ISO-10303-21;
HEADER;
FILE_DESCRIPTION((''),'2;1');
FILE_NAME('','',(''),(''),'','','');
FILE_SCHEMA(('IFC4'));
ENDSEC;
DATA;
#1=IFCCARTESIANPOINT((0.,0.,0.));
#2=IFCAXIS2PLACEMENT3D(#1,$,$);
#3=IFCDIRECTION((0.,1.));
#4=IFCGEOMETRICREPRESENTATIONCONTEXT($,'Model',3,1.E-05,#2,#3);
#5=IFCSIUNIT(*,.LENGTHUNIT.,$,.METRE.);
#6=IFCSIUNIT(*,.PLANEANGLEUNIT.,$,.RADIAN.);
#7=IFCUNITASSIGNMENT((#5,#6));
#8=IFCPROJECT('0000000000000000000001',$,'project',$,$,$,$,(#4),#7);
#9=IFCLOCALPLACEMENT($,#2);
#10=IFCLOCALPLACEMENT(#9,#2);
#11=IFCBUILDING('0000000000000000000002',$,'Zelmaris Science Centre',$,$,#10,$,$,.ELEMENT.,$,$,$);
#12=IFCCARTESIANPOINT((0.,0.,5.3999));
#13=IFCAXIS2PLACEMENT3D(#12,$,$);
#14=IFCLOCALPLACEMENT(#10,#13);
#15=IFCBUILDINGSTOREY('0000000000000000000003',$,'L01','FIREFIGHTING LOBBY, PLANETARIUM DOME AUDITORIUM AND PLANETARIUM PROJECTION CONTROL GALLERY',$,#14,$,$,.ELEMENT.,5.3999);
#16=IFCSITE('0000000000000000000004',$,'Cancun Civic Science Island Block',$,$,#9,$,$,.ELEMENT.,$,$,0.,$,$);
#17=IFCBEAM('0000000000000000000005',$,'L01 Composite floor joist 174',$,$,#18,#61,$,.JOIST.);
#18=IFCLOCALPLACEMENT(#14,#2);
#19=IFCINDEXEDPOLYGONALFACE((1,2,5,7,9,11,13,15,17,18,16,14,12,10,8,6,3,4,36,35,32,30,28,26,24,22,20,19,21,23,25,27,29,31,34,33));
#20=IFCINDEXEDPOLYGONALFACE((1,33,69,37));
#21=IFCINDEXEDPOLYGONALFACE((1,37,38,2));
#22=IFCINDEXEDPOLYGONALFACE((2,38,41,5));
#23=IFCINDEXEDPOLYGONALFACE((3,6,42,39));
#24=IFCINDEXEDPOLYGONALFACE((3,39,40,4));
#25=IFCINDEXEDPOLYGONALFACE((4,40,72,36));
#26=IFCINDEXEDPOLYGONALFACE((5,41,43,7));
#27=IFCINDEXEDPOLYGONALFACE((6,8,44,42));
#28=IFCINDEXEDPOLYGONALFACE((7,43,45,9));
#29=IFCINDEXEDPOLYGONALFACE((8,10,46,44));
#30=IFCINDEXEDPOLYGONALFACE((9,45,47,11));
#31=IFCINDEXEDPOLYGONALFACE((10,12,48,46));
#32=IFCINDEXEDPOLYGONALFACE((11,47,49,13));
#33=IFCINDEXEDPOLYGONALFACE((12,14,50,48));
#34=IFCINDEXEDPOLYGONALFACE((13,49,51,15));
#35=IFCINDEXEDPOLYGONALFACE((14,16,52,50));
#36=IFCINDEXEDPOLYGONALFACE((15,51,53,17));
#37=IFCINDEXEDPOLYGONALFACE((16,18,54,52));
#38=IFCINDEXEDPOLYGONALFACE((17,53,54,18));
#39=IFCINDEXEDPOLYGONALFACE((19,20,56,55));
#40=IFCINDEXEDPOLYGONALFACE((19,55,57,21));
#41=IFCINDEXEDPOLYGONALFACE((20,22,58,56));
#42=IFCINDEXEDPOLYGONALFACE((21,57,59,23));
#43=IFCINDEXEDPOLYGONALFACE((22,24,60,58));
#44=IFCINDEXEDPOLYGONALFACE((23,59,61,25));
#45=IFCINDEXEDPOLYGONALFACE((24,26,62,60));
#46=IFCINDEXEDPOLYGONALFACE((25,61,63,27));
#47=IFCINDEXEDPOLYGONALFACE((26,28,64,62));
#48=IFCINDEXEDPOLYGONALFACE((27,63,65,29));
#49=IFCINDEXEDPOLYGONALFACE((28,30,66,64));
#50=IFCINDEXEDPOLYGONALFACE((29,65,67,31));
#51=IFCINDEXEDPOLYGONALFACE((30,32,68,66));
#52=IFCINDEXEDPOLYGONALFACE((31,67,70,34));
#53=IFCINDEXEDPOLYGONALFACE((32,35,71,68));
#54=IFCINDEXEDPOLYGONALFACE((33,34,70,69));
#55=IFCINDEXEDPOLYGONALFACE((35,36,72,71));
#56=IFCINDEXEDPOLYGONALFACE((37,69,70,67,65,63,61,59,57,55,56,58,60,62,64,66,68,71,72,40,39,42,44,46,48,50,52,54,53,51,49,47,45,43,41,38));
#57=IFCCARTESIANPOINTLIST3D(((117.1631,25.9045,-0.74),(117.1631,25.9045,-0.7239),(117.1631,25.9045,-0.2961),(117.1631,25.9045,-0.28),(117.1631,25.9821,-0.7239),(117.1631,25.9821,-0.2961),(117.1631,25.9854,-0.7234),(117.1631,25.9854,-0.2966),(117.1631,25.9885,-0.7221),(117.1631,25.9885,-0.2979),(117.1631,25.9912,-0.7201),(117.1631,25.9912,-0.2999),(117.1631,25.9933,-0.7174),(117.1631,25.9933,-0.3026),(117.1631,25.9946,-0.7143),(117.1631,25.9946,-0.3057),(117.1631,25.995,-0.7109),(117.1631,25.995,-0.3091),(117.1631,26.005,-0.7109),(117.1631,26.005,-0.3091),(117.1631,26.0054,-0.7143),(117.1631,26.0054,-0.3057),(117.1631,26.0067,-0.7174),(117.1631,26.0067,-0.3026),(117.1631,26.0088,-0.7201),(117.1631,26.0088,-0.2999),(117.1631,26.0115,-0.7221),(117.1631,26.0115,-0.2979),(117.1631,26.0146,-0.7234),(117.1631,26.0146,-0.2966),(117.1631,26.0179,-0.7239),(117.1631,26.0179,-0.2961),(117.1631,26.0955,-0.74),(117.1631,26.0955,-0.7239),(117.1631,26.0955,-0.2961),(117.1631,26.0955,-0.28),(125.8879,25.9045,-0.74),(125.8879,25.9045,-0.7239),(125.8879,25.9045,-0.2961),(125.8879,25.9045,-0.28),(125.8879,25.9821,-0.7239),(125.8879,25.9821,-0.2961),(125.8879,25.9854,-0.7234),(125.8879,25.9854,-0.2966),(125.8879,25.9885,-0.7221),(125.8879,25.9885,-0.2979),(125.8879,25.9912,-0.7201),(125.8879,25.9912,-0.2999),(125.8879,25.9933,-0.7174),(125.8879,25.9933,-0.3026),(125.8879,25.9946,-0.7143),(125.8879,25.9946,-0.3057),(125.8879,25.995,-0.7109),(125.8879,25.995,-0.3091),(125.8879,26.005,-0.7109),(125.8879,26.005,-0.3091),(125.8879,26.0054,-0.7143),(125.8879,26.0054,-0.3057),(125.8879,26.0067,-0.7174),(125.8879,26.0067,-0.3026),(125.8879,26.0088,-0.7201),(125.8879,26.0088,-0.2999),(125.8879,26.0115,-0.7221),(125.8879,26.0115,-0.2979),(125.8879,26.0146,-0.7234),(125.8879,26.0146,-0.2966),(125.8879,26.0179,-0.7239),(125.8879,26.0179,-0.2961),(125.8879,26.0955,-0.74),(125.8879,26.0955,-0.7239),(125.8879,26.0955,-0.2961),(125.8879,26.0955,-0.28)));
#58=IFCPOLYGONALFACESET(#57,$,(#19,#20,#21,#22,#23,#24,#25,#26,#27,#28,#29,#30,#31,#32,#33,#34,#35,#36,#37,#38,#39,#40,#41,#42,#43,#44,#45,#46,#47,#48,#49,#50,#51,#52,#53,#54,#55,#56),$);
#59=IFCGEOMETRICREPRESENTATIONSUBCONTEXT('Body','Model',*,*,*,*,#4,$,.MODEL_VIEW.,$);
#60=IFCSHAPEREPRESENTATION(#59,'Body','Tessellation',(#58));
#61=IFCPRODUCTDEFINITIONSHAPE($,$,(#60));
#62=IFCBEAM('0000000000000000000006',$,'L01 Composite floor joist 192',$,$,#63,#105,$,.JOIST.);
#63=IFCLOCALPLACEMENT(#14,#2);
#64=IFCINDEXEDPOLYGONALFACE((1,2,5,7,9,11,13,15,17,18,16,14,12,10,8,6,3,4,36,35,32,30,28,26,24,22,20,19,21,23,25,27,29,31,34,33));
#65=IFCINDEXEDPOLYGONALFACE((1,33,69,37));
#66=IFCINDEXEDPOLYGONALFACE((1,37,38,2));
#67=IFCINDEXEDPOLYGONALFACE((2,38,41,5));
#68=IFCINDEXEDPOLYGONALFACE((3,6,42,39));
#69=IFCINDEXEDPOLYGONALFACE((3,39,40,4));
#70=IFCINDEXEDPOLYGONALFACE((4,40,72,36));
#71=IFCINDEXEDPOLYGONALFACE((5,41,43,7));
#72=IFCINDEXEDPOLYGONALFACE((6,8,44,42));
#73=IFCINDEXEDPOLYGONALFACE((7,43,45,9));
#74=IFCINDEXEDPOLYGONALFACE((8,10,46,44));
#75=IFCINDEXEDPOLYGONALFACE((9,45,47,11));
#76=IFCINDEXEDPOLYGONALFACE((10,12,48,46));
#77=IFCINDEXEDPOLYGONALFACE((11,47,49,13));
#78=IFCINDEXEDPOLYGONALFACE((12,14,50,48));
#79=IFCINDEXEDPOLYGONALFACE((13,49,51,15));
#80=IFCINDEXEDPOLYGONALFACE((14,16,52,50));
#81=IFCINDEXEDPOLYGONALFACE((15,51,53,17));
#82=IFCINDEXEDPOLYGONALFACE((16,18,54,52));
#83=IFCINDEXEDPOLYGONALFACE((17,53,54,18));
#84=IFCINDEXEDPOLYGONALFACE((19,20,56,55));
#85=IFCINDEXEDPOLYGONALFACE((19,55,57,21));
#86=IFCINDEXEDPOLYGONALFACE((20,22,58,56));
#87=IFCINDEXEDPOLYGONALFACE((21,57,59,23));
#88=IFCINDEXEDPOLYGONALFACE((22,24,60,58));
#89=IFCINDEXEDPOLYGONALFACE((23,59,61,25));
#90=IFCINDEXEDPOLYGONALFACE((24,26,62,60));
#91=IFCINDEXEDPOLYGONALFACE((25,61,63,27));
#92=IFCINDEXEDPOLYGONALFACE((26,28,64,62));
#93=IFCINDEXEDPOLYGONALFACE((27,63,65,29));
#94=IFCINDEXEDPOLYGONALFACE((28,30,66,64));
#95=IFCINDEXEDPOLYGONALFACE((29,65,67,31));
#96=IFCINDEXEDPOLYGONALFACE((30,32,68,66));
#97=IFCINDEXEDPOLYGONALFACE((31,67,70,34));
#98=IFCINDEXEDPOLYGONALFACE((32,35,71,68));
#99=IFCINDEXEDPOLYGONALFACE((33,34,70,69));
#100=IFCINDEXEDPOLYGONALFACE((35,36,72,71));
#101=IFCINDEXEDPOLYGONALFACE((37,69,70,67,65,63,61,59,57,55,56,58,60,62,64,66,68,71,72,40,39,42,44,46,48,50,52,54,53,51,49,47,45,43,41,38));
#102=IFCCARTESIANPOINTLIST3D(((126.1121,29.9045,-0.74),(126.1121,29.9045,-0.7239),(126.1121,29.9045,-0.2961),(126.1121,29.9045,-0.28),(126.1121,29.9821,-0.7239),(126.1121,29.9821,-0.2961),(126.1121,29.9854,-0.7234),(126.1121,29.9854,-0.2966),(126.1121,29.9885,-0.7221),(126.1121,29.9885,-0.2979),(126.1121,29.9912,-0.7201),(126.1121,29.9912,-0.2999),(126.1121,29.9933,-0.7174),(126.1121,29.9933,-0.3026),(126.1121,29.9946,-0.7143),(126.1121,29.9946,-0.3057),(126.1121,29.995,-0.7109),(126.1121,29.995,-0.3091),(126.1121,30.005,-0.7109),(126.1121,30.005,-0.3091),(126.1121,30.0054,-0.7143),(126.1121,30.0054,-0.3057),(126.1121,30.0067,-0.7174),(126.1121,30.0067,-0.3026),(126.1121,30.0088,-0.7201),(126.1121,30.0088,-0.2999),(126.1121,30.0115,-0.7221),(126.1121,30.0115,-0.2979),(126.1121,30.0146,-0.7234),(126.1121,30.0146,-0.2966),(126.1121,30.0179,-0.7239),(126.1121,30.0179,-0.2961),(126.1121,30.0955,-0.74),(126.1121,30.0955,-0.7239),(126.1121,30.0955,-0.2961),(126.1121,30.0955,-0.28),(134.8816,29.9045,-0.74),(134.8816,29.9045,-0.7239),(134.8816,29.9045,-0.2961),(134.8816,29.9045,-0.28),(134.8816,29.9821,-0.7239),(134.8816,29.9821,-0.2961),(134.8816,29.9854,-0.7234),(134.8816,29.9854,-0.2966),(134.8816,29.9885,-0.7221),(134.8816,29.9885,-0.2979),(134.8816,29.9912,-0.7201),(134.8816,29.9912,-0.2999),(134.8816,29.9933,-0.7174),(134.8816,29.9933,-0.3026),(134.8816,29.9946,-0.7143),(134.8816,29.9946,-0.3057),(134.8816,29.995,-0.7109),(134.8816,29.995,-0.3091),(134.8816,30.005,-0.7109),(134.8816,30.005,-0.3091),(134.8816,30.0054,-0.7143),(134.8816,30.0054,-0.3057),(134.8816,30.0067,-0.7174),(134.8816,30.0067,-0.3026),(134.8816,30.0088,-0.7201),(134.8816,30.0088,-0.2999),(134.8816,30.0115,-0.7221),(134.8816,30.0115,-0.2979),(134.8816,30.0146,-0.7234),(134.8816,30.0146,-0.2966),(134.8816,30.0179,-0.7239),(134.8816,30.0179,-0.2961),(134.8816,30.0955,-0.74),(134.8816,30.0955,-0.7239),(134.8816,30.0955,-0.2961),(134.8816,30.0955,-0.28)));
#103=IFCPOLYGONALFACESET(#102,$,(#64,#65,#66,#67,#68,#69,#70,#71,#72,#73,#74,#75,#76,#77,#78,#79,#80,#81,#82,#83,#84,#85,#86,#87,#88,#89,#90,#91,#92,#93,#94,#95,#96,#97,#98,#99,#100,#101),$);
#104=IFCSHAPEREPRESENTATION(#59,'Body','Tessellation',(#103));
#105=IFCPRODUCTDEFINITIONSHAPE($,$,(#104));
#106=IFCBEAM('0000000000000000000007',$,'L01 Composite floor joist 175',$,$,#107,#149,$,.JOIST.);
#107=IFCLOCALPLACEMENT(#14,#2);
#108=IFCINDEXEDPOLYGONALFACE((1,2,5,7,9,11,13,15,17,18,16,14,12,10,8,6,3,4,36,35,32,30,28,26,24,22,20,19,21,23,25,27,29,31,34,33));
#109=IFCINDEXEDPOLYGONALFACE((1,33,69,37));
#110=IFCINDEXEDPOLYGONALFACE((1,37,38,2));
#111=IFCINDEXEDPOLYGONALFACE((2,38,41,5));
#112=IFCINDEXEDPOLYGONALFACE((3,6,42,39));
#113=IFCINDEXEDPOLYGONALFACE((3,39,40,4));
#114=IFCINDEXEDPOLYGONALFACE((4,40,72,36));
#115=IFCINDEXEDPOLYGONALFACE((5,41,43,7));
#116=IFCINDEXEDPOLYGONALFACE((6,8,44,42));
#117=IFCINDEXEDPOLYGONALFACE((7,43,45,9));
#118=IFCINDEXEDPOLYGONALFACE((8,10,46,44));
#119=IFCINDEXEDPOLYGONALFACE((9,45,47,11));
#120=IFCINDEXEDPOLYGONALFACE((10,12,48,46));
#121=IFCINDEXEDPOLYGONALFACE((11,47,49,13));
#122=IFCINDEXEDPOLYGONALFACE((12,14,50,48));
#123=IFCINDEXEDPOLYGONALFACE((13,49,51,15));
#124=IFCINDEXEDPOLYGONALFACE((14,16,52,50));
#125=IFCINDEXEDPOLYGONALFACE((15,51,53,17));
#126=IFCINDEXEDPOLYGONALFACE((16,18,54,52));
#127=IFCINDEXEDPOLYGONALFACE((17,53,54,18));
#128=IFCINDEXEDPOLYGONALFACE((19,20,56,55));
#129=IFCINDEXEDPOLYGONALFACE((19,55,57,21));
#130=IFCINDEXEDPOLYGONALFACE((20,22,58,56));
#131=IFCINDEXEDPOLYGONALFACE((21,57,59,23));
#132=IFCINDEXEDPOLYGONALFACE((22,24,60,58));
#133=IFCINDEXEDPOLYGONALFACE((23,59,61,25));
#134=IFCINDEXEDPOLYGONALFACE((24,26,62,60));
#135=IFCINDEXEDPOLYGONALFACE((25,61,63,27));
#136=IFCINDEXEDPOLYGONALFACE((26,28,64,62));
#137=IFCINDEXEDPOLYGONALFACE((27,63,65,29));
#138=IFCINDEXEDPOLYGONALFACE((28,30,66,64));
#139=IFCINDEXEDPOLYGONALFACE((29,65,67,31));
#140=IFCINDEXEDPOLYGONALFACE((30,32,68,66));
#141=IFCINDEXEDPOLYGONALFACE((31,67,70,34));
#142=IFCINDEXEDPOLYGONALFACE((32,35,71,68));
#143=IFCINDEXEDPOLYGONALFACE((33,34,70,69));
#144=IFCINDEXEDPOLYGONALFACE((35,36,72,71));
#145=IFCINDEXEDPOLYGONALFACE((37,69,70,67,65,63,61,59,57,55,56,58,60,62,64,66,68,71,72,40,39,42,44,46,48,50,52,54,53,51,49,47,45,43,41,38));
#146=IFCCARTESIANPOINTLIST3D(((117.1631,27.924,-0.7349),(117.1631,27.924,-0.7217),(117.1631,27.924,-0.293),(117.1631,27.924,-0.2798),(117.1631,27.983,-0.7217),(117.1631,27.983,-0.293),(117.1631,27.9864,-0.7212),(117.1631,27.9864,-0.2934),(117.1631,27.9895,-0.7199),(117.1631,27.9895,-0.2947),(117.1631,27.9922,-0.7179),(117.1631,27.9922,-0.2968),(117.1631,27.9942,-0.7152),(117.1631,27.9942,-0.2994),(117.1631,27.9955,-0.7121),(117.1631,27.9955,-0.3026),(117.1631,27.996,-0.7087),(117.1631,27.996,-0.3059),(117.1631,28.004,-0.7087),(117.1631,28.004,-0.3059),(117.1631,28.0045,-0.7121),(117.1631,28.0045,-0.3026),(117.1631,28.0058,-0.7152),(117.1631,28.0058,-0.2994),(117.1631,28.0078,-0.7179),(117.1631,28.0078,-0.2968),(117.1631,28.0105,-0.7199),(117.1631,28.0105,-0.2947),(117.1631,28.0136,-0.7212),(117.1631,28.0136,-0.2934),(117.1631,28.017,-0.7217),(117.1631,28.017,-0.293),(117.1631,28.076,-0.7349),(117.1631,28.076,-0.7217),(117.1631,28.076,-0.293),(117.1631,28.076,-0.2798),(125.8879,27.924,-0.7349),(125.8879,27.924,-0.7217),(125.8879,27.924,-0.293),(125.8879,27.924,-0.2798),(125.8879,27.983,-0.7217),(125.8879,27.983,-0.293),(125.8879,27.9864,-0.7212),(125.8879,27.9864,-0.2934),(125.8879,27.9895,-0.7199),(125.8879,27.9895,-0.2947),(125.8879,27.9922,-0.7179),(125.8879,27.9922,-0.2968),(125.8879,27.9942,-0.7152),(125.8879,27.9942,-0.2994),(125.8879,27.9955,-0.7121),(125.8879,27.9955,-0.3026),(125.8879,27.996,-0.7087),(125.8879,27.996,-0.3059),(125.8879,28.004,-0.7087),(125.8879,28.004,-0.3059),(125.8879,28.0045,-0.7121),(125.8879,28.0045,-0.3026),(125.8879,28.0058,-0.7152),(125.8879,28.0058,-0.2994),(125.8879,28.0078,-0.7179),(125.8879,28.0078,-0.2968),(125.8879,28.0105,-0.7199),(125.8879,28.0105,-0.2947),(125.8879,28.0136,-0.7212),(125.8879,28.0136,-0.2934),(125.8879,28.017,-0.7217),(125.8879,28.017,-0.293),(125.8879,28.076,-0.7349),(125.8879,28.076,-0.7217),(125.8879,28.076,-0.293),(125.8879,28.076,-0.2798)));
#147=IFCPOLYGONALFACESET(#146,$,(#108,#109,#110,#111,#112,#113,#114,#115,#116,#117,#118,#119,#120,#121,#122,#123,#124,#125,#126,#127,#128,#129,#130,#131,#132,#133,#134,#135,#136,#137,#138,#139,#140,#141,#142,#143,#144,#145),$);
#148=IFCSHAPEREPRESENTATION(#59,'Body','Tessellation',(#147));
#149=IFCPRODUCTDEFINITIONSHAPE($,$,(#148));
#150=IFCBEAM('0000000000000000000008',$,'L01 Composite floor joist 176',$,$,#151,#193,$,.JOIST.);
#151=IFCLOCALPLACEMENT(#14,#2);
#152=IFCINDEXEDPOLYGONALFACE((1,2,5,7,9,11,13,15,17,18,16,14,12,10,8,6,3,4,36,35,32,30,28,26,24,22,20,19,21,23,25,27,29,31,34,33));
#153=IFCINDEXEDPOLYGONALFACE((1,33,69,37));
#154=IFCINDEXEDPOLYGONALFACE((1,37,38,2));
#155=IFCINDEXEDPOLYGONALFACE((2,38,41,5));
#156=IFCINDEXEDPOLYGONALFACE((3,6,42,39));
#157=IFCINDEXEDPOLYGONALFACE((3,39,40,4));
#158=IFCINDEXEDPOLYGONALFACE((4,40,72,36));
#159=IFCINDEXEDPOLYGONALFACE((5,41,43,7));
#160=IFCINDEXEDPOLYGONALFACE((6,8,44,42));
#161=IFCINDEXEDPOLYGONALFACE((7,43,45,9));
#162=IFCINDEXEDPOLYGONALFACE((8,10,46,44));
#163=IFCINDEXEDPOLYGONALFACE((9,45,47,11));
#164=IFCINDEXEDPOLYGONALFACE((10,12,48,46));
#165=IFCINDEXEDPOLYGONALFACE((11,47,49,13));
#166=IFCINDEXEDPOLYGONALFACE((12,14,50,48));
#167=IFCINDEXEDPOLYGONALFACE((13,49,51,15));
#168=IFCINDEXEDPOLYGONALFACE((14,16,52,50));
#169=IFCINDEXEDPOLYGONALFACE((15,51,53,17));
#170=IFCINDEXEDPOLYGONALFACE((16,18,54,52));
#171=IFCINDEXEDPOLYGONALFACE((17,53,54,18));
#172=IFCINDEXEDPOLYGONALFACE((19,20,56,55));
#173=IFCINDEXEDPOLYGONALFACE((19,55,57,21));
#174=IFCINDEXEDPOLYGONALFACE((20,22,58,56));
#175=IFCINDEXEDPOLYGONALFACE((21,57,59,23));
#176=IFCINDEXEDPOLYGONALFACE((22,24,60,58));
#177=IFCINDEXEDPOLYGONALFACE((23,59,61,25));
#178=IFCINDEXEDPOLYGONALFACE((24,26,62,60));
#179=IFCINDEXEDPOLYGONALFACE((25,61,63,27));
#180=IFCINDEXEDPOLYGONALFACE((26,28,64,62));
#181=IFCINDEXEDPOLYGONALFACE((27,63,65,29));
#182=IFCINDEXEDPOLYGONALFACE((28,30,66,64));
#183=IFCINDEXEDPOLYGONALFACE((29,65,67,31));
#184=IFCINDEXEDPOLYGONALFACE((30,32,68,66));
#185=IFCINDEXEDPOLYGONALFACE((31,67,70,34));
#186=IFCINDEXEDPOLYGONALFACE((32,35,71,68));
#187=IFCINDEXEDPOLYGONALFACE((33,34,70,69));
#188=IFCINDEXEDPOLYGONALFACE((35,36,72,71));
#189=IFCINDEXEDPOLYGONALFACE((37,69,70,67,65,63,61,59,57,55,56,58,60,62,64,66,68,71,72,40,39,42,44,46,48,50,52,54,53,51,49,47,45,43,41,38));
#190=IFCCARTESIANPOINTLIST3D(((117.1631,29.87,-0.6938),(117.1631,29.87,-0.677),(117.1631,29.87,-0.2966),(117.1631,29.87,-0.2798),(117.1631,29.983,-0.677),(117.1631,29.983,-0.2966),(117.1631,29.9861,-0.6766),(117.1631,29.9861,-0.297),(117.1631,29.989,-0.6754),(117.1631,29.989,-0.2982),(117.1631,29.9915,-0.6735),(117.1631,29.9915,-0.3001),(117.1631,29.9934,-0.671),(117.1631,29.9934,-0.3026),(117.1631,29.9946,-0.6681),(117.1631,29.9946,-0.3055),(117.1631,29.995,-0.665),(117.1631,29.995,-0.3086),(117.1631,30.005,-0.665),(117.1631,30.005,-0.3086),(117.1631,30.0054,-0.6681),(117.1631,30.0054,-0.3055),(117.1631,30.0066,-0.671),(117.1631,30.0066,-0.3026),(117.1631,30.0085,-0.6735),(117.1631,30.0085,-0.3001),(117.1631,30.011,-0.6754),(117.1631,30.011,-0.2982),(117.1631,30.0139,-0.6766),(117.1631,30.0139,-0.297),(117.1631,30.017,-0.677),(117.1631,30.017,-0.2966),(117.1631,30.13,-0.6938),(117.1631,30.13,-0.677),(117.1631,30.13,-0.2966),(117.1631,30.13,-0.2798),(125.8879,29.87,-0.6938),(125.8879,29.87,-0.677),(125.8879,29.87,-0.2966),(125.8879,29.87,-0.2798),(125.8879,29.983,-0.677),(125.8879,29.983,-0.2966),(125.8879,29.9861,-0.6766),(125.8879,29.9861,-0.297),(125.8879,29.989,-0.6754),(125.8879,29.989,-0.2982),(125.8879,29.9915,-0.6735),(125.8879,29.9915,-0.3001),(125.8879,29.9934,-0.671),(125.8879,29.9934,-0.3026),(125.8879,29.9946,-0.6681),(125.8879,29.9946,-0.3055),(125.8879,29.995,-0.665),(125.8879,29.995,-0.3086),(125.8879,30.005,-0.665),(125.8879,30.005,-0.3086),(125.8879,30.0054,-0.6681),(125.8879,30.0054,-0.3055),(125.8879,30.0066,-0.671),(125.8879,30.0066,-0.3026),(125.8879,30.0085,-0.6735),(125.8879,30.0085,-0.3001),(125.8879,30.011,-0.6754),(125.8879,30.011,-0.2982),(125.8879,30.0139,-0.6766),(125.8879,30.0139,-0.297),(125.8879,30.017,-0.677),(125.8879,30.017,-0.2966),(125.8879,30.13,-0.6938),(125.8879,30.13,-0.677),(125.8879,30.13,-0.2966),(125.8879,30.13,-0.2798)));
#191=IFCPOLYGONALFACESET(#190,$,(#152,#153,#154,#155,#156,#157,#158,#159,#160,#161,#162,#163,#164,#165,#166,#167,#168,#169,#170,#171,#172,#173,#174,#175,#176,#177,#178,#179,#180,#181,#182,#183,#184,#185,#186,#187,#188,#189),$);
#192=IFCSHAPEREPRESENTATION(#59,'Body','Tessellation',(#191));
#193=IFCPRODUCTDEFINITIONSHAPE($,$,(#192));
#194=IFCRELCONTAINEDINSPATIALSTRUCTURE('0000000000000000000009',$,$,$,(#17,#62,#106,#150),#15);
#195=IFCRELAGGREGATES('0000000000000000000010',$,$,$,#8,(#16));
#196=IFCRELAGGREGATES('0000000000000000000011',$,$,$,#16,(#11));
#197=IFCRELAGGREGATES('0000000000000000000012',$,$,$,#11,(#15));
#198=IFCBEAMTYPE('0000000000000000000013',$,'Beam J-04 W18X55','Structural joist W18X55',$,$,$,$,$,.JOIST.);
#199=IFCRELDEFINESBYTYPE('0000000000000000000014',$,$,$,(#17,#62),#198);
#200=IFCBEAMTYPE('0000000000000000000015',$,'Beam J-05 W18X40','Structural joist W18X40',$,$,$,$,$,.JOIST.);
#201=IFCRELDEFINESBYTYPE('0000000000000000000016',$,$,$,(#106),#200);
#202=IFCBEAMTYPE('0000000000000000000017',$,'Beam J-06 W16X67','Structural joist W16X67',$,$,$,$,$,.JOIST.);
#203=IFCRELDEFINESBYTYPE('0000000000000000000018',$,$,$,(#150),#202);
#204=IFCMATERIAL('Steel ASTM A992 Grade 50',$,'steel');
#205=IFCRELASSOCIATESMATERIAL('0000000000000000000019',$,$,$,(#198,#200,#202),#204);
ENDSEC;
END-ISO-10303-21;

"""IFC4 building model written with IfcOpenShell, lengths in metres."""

from ifc_helpers import new_model, si_unit, direction, frame, origin, origin_2d, place, context, subcontext, project, spatial, i_section, extrude, material, material_profile, profile_set, type_object, element, save


model = new_model("IFC4")

# Units and contexts
model_context = context("Model", 3, precision=1e-05, world=origin(), true_north=direction((0.0, 1.0)))
body_context = subcontext(model_context, "Body", "Model", "MODEL_VIEW")
ifc_project = project(units=[si_unit("LENGTHUNIT", "METRE"), si_unit("PLANEANGLEUNIT", "RADIAN")], contexts=[model_context])

# Site, building, storey
site_placement = place(None, origin())
site = spatial("IfcSite", under=ifc_project, at=site_placement, Name="Cancun Civic Science Island Block", CompositionType="ELEMENT", RefElevation=0.0)
building_placement = place(site_placement, origin())
building = spatial("IfcBuilding", under=site, at=building_placement, Name="Zelmaris Science Centre", CompositionType="ELEMENT")
storey_placement = place(building_placement, frame((0.0, 0.0, 5.3999)))
storey = spatial("IfcBuildingStorey", under=building, at=storey_placement, Name="L01", Description="FIREFIGHTING LOBBY, PLANETARIUM DOME AUDITORIUM AND PLANETARIUM PROJECTION CONTROL GALLERY", CompositionType="ELEMENT", Elevation=5.3999)

# Shared definitions
ifc_material_1 = material(Name="Steel ASTM A992 Grade 50", Category="steel")

# Beams
ifc_material_profile_1 = material_profile(ifc_material_1, i_section(OverallWidth=0.1909, OverallDepth=0.46, WebThickness=0.01, FlangeThickness=0.0161, FilletRadius=0.0129, at=origin_2d()), Name="W18X55")
ifc_profile_set_1 = profile_set([ifc_material_profile_1], Name="Steel ASTM A992 Grade 50")
beam_type_1 = type_object("IfcBeamType", Name="Beam J-04 W18X55", Description="Structural joist W18X55", PredefinedType="JOIST", material=ifc_profile_set_1)
beam_1_placement = place(storey_placement, frame((117.1631, 26.0, -0.51), z_axis=(1.0, 0.0, 0.0), x_axis=(0.0, 1.0, 0.0)))
element("IfcBeam", 1, at=beam_1_placement, inside=storey, type_object=beam_type_1, Name="L01 Composite floor joist 174", PredefinedType="JOIST", context=body_context, shape_type="SweptSolid", body=[
    extrude(i_section(OverallWidth=0.1909, OverallDepth=0.46, WebThickness=0.01, FlangeThickness=0.0161, FilletRadius=0.0129, at=origin_2d()), origin(), (0.0, 0.0, 1.0), 8.7249),
])
beam_2_placement = place(storey_placement, frame((126.1121, 30.0, -0.51), z_axis=(1.0, 0.0, 0.0), x_axis=(0.0, 1.0, 0.0)))
element("IfcBeam", 2, at=beam_2_placement, inside=storey, type_object=beam_type_1, Name="L01 Composite floor joist 192", PredefinedType="JOIST", context=body_context, shape_type="SweptSolid", body=[
    extrude(i_section(OverallWidth=0.1909, OverallDepth=0.46, WebThickness=0.01, FlangeThickness=0.0161, FilletRadius=0.0129, at=origin_2d()), origin(), (0.0, 0.0, 1.0), 8.7695),
])
ifc_material_profile_2 = material_profile(ifc_material_1, i_section(OverallWidth=0.1521, OverallDepth=0.4551, WebThickness=0.0081, FlangeThickness=0.0132, FilletRadius=0.0129, at=origin_2d()), Name="W18X40")
ifc_profile_set_2 = profile_set([ifc_material_profile_2], Name="Steel ASTM A992 Grade 50")
beam_type_2 = type_object("IfcBeamType", Name="Beam J-05 W18X40", Description="Structural joist W18X40", PredefinedType="JOIST", material=ifc_profile_set_2)
beam_3_placement = place(storey_placement, frame((117.1631, 28.0, -0.5073), z_axis=(1.0, 0.0, 0.0), x_axis=(0.0, 1.0, 0.0)))
element("IfcBeam", 3, at=beam_3_placement, inside=storey, type_object=beam_type_2, Name="L01 Composite floor joist 175", PredefinedType="JOIST", context=body_context, shape_type="SweptSolid", body=[
    extrude(i_section(OverallWidth=0.1521, OverallDepth=0.4551, WebThickness=0.0081, FlangeThickness=0.0132, FilletRadius=0.0129, at=origin_2d()), origin(), (0.0, 0.0, 1.0), 8.7249),
])
ifc_material_profile_3 = material_profile(ifc_material_1, i_section(OverallWidth=0.26, OverallDepth=0.4141, WebThickness=0.01, FlangeThickness=0.0168, FilletRadius=0.012, at=origin_2d()), Name="W16X67")
ifc_profile_set_3 = profile_set([ifc_material_profile_3], Name="Steel ASTM A992 Grade 50")
beam_type_3 = type_object("IfcBeamType", Name="Beam J-06 W16X67", Description="Structural joist W16X67", PredefinedType="JOIST", material=ifc_profile_set_3)
beam_4_placement = place(storey_placement, frame((117.1631, 30.0, -0.4868), z_axis=(1.0, 0.0, 0.0), x_axis=(0.0, 1.0, 0.0)))
element("IfcBeam", 4, at=beam_4_placement, inside=storey, type_object=beam_type_3, Name="L01 Composite floor joist 176", PredefinedType="JOIST", context=body_context, shape_type="SweptSolid", body=[
    extrude(i_section(OverallWidth=0.26, OverallDepth=0.4141, WebThickness=0.01, FlangeThickness=0.0168, FilletRadius=0.012, at=origin_2d()), origin(), (0.0, 0.0, 1.0), 8.7249),
])

save(model, "model.ifc")
